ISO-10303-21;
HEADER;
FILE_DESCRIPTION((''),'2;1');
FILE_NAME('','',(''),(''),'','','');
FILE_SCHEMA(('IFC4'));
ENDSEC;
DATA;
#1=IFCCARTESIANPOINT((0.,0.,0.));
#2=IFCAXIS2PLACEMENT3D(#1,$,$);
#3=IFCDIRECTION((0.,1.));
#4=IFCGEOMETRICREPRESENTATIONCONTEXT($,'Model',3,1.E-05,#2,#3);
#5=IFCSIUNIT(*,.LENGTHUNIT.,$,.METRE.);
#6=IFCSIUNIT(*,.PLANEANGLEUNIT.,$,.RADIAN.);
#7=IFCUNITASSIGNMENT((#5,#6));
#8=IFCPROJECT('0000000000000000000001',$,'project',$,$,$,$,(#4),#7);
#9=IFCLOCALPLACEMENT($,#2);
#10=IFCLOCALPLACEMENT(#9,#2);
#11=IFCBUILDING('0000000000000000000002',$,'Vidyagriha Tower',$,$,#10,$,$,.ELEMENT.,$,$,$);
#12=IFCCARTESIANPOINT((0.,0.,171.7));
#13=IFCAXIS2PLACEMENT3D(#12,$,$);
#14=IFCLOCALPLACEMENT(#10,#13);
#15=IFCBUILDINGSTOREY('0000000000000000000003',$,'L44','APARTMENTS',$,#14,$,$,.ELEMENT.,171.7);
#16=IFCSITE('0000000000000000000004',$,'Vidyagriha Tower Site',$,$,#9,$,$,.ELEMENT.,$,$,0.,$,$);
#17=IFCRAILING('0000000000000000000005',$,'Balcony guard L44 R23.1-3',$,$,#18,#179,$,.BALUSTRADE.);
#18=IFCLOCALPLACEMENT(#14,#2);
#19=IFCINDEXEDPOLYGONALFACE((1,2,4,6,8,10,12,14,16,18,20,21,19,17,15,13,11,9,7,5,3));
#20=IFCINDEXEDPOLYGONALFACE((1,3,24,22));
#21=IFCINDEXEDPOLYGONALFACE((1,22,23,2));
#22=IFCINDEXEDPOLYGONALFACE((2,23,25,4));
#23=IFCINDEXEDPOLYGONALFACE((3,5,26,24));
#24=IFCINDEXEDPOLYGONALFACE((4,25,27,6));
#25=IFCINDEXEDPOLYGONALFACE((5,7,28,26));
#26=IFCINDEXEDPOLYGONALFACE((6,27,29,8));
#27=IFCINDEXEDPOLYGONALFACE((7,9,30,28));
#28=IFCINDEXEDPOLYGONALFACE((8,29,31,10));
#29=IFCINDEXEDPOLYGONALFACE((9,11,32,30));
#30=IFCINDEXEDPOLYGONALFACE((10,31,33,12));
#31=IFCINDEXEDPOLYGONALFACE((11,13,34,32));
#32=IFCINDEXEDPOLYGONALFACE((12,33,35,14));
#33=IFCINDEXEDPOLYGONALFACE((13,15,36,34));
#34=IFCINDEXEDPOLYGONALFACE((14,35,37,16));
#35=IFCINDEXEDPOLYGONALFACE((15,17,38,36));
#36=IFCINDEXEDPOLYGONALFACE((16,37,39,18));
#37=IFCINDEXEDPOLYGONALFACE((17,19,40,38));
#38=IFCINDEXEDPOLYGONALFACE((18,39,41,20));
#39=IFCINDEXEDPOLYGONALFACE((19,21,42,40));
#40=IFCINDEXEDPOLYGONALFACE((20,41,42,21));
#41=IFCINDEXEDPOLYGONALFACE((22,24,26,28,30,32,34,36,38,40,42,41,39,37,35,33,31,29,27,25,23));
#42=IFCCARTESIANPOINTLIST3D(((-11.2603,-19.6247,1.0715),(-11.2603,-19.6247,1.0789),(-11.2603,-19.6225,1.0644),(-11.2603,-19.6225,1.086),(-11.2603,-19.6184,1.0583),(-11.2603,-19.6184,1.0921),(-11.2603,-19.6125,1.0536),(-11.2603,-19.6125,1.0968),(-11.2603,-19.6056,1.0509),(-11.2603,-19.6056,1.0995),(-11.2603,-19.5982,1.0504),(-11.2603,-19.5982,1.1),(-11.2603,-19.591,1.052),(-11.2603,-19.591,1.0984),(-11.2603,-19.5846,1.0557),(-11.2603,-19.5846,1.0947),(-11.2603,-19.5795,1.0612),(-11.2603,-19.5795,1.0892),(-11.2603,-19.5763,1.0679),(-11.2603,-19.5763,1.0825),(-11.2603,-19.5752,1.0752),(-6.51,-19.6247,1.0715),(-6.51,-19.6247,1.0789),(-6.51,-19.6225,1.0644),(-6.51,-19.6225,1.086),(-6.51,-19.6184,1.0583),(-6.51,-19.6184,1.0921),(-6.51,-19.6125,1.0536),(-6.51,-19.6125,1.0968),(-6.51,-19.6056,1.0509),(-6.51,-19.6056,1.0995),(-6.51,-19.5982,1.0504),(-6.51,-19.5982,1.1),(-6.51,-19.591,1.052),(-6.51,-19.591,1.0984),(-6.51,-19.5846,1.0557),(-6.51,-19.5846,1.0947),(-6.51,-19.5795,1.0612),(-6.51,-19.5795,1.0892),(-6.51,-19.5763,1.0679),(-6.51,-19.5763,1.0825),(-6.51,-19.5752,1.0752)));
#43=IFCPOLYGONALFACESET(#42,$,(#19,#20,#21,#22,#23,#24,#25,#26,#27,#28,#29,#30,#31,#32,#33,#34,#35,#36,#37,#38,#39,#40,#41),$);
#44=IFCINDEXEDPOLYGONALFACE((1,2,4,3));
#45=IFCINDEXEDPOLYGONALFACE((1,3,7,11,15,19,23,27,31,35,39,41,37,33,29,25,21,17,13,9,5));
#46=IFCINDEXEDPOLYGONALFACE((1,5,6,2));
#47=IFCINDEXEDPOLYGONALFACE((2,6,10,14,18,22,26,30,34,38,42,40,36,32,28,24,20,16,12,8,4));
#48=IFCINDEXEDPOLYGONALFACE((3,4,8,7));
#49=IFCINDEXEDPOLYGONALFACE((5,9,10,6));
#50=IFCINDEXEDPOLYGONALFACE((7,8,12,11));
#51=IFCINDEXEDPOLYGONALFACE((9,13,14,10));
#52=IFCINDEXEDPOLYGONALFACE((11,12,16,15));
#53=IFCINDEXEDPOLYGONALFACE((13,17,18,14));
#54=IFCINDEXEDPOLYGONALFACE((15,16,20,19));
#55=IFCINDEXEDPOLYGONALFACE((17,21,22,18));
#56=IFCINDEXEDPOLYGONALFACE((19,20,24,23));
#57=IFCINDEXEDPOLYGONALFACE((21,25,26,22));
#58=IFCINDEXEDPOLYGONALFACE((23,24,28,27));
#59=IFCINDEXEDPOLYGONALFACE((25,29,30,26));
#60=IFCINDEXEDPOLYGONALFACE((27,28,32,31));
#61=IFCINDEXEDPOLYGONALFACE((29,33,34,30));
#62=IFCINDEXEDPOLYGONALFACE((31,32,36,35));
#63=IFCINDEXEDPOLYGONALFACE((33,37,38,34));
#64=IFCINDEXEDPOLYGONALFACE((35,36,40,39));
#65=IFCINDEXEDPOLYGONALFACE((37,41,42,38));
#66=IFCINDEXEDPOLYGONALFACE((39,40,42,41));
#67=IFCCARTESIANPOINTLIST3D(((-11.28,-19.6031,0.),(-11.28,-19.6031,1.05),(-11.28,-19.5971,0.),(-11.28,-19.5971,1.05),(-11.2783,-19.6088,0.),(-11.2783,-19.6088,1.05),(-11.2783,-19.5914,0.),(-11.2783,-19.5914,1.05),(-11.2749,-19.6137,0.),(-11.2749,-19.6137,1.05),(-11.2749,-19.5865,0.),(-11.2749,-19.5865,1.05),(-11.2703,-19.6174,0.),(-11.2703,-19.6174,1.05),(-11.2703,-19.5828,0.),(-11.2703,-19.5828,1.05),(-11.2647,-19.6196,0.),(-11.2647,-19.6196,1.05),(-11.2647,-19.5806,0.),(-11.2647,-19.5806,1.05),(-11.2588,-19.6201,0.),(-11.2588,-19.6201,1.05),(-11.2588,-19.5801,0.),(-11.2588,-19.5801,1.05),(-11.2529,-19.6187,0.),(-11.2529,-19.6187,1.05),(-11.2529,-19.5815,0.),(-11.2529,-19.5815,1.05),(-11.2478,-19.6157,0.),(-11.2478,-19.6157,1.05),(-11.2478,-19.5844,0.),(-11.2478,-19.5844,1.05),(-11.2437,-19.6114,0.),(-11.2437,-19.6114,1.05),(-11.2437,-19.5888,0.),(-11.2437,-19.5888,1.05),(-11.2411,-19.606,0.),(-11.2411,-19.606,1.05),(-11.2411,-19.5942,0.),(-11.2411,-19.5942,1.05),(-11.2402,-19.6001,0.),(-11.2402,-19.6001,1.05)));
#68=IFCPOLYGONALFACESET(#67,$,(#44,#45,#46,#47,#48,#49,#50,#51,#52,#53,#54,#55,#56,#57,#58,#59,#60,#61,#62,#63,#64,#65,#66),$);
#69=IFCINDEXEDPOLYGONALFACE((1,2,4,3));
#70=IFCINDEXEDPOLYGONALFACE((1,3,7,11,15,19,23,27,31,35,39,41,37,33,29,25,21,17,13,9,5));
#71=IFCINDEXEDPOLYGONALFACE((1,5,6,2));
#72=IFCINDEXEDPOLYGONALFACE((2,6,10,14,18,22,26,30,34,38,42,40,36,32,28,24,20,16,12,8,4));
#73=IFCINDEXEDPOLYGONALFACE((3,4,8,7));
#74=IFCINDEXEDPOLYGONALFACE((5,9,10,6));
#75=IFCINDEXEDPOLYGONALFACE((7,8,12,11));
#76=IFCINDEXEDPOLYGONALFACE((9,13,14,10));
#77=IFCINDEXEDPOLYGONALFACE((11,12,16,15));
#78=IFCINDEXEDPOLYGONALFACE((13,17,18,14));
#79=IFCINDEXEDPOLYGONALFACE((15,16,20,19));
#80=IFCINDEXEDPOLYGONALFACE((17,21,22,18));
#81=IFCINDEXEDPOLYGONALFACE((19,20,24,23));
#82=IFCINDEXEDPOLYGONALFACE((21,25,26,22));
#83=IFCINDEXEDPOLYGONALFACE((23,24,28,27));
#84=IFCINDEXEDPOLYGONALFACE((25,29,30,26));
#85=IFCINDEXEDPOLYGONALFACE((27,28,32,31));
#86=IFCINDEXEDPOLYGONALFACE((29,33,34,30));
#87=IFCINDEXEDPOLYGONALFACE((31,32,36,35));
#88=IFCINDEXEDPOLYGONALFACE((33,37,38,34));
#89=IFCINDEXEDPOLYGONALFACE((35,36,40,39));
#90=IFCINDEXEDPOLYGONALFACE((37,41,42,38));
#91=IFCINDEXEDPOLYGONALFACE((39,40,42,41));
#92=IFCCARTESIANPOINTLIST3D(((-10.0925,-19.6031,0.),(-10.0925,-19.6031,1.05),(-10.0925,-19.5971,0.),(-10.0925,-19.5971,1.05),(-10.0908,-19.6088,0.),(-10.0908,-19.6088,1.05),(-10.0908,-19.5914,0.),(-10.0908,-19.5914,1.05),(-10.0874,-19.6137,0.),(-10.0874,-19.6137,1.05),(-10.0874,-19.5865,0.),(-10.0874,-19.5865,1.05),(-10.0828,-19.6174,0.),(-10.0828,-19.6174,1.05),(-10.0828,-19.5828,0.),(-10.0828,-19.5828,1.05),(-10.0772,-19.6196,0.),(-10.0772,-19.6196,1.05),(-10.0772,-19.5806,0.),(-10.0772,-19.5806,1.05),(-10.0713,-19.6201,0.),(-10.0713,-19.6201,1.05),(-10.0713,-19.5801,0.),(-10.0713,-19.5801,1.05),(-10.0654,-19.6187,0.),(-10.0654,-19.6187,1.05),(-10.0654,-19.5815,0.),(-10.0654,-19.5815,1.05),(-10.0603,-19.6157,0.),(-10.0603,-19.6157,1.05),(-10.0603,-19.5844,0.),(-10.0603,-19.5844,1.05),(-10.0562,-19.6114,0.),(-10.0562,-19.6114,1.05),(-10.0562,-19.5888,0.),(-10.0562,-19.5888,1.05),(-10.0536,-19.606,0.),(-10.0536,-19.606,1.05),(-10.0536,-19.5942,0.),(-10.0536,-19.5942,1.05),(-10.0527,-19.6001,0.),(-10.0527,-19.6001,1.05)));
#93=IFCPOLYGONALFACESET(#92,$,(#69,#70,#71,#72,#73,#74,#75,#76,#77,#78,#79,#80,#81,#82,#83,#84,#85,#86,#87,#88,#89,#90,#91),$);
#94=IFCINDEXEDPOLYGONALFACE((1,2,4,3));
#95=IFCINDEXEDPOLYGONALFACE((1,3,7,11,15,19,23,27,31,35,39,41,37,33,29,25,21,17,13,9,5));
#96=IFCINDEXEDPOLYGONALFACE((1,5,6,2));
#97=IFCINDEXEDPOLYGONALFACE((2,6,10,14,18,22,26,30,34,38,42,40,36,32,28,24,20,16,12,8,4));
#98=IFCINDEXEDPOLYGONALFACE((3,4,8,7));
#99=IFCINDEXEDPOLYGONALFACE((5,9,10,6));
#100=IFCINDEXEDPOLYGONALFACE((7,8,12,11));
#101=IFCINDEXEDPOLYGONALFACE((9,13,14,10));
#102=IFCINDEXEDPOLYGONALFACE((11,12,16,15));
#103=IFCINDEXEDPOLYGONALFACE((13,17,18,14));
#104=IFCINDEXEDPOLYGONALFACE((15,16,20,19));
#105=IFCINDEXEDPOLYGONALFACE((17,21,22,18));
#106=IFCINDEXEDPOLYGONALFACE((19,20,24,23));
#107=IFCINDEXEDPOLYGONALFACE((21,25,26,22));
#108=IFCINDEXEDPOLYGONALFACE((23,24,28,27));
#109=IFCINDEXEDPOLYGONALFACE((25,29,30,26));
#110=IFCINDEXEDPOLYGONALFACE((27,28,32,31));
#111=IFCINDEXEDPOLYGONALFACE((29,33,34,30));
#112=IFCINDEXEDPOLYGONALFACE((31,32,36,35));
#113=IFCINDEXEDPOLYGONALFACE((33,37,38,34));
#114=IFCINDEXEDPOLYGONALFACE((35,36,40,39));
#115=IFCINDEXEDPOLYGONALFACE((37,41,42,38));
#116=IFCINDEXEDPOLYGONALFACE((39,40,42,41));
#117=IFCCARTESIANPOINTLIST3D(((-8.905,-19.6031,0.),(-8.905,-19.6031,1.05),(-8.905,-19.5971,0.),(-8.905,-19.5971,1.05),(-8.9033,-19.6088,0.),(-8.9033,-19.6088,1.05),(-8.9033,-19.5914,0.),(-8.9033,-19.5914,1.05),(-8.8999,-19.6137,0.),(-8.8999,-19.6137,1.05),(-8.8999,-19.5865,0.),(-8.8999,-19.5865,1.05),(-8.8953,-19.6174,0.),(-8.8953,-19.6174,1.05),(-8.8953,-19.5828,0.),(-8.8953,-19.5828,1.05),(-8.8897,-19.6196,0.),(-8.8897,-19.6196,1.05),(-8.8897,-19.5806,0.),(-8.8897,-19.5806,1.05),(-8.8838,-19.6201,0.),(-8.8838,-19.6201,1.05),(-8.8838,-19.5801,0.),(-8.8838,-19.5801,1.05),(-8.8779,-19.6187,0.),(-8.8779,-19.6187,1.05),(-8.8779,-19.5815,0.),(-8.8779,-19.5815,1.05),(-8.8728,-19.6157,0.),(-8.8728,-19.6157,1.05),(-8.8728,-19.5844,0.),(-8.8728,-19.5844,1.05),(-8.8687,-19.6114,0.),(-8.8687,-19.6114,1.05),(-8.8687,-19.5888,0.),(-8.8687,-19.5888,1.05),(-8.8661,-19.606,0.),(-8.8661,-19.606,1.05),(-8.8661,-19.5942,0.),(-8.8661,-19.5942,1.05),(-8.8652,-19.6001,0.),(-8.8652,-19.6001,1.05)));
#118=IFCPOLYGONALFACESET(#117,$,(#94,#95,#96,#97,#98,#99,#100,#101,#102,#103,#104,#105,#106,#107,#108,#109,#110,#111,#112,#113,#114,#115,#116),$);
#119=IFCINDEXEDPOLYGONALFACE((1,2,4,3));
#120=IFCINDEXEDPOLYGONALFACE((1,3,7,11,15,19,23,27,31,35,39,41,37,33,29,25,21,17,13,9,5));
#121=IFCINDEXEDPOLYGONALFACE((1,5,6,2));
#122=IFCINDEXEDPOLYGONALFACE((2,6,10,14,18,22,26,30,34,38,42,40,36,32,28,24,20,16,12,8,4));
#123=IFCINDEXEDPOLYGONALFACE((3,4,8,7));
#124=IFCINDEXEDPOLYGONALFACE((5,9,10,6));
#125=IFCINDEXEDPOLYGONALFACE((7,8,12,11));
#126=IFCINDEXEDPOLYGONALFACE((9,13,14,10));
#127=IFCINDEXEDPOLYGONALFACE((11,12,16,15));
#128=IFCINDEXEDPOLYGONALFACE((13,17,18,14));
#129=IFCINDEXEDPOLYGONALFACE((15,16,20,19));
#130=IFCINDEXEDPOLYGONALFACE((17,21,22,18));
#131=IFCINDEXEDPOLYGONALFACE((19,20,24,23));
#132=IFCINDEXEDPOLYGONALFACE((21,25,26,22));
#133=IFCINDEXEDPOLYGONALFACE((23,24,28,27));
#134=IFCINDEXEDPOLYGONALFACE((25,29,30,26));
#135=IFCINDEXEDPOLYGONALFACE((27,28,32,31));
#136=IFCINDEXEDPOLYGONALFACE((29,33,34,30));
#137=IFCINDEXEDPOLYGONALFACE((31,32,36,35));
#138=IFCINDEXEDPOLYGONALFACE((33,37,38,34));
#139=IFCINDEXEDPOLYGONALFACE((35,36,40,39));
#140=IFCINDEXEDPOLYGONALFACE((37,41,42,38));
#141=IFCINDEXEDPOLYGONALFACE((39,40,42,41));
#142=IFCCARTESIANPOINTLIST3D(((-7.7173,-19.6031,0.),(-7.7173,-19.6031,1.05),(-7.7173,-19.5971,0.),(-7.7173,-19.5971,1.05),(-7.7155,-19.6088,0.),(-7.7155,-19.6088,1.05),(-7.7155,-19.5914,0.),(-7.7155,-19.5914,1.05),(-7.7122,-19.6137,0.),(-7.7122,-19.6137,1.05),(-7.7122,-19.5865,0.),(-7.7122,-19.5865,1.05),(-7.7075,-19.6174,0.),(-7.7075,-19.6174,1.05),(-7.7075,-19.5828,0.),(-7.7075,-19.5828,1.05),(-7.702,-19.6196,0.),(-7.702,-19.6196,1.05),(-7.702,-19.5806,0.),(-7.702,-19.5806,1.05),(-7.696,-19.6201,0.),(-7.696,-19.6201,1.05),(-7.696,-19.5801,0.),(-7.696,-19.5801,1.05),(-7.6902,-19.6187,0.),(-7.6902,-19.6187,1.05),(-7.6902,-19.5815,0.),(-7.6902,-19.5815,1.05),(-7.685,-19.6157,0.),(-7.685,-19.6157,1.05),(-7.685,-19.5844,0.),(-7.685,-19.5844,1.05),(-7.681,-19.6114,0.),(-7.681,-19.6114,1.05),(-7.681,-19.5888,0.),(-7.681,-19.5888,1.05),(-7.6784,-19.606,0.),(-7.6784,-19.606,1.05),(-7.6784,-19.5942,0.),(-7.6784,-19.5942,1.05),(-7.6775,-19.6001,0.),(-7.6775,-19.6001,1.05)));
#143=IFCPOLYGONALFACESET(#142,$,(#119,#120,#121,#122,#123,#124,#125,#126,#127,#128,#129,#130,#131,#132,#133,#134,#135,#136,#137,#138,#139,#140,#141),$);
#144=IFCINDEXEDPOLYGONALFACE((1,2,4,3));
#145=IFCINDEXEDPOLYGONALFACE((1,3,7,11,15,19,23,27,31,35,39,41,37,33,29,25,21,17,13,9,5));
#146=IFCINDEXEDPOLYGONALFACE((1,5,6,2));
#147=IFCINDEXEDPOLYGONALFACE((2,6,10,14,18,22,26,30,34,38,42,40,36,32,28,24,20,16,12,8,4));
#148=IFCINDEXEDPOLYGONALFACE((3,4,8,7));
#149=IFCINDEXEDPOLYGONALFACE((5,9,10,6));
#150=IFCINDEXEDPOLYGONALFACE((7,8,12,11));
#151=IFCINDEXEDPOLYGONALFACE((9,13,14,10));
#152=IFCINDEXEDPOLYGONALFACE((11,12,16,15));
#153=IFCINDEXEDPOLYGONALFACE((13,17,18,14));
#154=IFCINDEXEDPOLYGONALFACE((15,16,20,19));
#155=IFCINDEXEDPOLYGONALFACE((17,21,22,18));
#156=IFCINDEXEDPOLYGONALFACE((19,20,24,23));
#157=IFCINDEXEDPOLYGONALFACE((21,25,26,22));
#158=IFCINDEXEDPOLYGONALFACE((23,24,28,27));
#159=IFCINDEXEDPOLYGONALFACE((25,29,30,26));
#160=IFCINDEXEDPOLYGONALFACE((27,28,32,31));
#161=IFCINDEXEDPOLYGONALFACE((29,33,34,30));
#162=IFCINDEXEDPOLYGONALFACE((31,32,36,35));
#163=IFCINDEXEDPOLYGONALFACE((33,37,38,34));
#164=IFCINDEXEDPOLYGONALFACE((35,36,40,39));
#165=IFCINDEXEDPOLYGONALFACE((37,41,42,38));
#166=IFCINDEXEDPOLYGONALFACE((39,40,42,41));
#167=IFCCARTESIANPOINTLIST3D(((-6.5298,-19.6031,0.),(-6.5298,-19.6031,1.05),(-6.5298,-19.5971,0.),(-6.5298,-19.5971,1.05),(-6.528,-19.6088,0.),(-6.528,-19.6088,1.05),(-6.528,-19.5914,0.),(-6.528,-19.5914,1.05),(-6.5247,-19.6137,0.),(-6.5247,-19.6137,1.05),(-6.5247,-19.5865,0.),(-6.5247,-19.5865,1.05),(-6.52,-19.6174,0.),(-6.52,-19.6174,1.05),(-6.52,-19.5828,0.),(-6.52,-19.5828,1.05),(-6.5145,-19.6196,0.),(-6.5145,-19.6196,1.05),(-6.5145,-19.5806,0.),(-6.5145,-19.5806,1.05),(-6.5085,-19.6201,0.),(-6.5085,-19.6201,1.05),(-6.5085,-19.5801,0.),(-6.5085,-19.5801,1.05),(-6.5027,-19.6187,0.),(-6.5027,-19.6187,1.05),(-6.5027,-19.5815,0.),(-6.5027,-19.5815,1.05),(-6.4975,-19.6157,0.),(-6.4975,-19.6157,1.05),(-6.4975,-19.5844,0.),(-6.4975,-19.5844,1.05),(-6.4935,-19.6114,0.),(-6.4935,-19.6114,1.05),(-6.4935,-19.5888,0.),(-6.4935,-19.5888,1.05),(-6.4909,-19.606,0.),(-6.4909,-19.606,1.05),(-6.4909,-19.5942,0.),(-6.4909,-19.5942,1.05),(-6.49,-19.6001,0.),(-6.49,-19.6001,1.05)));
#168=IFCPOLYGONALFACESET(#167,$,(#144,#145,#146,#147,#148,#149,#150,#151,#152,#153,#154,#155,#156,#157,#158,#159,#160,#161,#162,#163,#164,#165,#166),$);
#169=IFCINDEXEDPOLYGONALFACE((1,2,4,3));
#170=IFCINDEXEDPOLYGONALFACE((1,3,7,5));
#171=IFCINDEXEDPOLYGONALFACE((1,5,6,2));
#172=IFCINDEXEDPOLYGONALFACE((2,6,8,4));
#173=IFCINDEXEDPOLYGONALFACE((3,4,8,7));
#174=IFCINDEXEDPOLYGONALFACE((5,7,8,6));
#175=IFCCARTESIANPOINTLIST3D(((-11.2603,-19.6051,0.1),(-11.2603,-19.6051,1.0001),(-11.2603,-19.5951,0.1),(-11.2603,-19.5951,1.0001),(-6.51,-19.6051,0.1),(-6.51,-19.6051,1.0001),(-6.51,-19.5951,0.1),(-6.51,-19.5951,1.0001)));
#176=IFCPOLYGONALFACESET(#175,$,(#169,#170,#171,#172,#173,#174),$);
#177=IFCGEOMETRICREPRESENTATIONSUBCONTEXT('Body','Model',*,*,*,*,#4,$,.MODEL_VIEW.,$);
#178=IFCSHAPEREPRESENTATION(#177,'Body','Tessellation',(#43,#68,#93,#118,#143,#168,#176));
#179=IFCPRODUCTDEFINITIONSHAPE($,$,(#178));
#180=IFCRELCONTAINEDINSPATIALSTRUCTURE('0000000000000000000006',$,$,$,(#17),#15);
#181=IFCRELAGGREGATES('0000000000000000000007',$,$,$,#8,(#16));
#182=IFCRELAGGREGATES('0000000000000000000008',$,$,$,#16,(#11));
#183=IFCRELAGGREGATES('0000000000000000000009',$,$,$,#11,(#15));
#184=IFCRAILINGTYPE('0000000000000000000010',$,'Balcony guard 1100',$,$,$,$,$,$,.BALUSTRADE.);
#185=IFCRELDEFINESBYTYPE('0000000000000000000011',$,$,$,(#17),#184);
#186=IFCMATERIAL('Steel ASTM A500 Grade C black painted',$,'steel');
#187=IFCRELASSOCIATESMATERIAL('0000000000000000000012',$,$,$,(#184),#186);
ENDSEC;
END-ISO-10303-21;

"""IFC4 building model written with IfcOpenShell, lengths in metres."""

from ifc_helpers import new_model, si_unit, direction, frame, origin, origin_2d, place, context, subcontext, project, spatial, rectangle, circle, extrude, material, type_object, element, save


model = new_model("IFC4")

# Units and contexts
model_context = context("Model", 3, precision=1e-05, world=origin(), true_north=direction((0.0, 1.0)))
body_context = subcontext(model_context, "Body", "Model", "MODEL_VIEW")
ifc_project = project(units=[si_unit("LENGTHUNIT", "METRE"), si_unit("PLANEANGLEUNIT", "RADIAN")], contexts=[model_context])

# Site, building, storey
site_placement = place(None, origin())
site = spatial("IfcSite", under=ifc_project, at=site_placement, Name="Vidyagriha Tower Site", CompositionType="ELEMENT", RefElevation=0.0)
building_placement = place(site_placement, origin())
building = spatial("IfcBuilding", under=site, at=building_placement, Name="Vidyagriha Tower", CompositionType="ELEMENT")
storey_placement = place(building_placement, frame((0.0, 0.0, 171.7)))
storey = spatial("IfcBuildingStorey", under=building, at=storey_placement, Name="L44", Description="APARTMENTS", CompositionType="ELEMENT", Elevation=171.7)

# Railing
ifc_material_1 = material(Name="Steel ASTM A500 Grade C black painted", Category="steel")
railing_type = type_object("IfcRailingType", Name="Balcony guard 1100", PredefinedType="BALUSTRADE", material=ifc_material_1)
railing_1_placement = place(storey_placement, frame((-11.2603, -19.6001, 0.0)))
element("IfcRailing", 1, at=railing_1_placement, inside=storey, type_object=railing_type, Name="Balcony guard L44 R23.1-3", PredefinedType="BALUSTRADE", context=body_context, shape_type="SweptSolid", body=[
    extrude(circle(Radius=0.0249, at=origin_2d()), frame((0.0, 0.0, 1.0752), z_axis=(1.0, 0.0, 0.0), x_axis=(0.0, 1.0, 0.0)), (0.0, 0.0, 1.0), 4.7502),
    extrude(circle(Radius=0.02, at=origin_2d()), origin(), (0.0, 0.0, 1.0), 1.05),
    extrude(circle(Radius=0.02, at=origin_2d()), frame((1.1875, 0.0, 0.0)), (0.0, 0.0, 1.0), 1.05),
    extrude(circle(Radius=0.02, at=origin_2d()), frame((2.375, 0.0, 0.0)), (0.0, 0.0, 1.0), 1.05),
    extrude(circle(Radius=0.02, at=origin_2d()), frame((3.5627, 0.0, 0.0)), (0.0, 0.0, 1.0), 1.05),
    extrude(circle(Radius=0.02, at=origin_2d()), frame((4.7502, 0.0, 0.0)), (0.0, 0.0, 1.0), 1.05),
    extrude(rectangle(XDim=0.01, YDim=0.9001, at=origin_2d()), frame((0.0, 0.0, 0.55), z_axis=(1.0, 0.0, 0.0), x_axis=(0.0, 1.0, 0.0)), (0.0, 0.0, 1.0), 4.7502),
])

save(model, "model.ifc")
